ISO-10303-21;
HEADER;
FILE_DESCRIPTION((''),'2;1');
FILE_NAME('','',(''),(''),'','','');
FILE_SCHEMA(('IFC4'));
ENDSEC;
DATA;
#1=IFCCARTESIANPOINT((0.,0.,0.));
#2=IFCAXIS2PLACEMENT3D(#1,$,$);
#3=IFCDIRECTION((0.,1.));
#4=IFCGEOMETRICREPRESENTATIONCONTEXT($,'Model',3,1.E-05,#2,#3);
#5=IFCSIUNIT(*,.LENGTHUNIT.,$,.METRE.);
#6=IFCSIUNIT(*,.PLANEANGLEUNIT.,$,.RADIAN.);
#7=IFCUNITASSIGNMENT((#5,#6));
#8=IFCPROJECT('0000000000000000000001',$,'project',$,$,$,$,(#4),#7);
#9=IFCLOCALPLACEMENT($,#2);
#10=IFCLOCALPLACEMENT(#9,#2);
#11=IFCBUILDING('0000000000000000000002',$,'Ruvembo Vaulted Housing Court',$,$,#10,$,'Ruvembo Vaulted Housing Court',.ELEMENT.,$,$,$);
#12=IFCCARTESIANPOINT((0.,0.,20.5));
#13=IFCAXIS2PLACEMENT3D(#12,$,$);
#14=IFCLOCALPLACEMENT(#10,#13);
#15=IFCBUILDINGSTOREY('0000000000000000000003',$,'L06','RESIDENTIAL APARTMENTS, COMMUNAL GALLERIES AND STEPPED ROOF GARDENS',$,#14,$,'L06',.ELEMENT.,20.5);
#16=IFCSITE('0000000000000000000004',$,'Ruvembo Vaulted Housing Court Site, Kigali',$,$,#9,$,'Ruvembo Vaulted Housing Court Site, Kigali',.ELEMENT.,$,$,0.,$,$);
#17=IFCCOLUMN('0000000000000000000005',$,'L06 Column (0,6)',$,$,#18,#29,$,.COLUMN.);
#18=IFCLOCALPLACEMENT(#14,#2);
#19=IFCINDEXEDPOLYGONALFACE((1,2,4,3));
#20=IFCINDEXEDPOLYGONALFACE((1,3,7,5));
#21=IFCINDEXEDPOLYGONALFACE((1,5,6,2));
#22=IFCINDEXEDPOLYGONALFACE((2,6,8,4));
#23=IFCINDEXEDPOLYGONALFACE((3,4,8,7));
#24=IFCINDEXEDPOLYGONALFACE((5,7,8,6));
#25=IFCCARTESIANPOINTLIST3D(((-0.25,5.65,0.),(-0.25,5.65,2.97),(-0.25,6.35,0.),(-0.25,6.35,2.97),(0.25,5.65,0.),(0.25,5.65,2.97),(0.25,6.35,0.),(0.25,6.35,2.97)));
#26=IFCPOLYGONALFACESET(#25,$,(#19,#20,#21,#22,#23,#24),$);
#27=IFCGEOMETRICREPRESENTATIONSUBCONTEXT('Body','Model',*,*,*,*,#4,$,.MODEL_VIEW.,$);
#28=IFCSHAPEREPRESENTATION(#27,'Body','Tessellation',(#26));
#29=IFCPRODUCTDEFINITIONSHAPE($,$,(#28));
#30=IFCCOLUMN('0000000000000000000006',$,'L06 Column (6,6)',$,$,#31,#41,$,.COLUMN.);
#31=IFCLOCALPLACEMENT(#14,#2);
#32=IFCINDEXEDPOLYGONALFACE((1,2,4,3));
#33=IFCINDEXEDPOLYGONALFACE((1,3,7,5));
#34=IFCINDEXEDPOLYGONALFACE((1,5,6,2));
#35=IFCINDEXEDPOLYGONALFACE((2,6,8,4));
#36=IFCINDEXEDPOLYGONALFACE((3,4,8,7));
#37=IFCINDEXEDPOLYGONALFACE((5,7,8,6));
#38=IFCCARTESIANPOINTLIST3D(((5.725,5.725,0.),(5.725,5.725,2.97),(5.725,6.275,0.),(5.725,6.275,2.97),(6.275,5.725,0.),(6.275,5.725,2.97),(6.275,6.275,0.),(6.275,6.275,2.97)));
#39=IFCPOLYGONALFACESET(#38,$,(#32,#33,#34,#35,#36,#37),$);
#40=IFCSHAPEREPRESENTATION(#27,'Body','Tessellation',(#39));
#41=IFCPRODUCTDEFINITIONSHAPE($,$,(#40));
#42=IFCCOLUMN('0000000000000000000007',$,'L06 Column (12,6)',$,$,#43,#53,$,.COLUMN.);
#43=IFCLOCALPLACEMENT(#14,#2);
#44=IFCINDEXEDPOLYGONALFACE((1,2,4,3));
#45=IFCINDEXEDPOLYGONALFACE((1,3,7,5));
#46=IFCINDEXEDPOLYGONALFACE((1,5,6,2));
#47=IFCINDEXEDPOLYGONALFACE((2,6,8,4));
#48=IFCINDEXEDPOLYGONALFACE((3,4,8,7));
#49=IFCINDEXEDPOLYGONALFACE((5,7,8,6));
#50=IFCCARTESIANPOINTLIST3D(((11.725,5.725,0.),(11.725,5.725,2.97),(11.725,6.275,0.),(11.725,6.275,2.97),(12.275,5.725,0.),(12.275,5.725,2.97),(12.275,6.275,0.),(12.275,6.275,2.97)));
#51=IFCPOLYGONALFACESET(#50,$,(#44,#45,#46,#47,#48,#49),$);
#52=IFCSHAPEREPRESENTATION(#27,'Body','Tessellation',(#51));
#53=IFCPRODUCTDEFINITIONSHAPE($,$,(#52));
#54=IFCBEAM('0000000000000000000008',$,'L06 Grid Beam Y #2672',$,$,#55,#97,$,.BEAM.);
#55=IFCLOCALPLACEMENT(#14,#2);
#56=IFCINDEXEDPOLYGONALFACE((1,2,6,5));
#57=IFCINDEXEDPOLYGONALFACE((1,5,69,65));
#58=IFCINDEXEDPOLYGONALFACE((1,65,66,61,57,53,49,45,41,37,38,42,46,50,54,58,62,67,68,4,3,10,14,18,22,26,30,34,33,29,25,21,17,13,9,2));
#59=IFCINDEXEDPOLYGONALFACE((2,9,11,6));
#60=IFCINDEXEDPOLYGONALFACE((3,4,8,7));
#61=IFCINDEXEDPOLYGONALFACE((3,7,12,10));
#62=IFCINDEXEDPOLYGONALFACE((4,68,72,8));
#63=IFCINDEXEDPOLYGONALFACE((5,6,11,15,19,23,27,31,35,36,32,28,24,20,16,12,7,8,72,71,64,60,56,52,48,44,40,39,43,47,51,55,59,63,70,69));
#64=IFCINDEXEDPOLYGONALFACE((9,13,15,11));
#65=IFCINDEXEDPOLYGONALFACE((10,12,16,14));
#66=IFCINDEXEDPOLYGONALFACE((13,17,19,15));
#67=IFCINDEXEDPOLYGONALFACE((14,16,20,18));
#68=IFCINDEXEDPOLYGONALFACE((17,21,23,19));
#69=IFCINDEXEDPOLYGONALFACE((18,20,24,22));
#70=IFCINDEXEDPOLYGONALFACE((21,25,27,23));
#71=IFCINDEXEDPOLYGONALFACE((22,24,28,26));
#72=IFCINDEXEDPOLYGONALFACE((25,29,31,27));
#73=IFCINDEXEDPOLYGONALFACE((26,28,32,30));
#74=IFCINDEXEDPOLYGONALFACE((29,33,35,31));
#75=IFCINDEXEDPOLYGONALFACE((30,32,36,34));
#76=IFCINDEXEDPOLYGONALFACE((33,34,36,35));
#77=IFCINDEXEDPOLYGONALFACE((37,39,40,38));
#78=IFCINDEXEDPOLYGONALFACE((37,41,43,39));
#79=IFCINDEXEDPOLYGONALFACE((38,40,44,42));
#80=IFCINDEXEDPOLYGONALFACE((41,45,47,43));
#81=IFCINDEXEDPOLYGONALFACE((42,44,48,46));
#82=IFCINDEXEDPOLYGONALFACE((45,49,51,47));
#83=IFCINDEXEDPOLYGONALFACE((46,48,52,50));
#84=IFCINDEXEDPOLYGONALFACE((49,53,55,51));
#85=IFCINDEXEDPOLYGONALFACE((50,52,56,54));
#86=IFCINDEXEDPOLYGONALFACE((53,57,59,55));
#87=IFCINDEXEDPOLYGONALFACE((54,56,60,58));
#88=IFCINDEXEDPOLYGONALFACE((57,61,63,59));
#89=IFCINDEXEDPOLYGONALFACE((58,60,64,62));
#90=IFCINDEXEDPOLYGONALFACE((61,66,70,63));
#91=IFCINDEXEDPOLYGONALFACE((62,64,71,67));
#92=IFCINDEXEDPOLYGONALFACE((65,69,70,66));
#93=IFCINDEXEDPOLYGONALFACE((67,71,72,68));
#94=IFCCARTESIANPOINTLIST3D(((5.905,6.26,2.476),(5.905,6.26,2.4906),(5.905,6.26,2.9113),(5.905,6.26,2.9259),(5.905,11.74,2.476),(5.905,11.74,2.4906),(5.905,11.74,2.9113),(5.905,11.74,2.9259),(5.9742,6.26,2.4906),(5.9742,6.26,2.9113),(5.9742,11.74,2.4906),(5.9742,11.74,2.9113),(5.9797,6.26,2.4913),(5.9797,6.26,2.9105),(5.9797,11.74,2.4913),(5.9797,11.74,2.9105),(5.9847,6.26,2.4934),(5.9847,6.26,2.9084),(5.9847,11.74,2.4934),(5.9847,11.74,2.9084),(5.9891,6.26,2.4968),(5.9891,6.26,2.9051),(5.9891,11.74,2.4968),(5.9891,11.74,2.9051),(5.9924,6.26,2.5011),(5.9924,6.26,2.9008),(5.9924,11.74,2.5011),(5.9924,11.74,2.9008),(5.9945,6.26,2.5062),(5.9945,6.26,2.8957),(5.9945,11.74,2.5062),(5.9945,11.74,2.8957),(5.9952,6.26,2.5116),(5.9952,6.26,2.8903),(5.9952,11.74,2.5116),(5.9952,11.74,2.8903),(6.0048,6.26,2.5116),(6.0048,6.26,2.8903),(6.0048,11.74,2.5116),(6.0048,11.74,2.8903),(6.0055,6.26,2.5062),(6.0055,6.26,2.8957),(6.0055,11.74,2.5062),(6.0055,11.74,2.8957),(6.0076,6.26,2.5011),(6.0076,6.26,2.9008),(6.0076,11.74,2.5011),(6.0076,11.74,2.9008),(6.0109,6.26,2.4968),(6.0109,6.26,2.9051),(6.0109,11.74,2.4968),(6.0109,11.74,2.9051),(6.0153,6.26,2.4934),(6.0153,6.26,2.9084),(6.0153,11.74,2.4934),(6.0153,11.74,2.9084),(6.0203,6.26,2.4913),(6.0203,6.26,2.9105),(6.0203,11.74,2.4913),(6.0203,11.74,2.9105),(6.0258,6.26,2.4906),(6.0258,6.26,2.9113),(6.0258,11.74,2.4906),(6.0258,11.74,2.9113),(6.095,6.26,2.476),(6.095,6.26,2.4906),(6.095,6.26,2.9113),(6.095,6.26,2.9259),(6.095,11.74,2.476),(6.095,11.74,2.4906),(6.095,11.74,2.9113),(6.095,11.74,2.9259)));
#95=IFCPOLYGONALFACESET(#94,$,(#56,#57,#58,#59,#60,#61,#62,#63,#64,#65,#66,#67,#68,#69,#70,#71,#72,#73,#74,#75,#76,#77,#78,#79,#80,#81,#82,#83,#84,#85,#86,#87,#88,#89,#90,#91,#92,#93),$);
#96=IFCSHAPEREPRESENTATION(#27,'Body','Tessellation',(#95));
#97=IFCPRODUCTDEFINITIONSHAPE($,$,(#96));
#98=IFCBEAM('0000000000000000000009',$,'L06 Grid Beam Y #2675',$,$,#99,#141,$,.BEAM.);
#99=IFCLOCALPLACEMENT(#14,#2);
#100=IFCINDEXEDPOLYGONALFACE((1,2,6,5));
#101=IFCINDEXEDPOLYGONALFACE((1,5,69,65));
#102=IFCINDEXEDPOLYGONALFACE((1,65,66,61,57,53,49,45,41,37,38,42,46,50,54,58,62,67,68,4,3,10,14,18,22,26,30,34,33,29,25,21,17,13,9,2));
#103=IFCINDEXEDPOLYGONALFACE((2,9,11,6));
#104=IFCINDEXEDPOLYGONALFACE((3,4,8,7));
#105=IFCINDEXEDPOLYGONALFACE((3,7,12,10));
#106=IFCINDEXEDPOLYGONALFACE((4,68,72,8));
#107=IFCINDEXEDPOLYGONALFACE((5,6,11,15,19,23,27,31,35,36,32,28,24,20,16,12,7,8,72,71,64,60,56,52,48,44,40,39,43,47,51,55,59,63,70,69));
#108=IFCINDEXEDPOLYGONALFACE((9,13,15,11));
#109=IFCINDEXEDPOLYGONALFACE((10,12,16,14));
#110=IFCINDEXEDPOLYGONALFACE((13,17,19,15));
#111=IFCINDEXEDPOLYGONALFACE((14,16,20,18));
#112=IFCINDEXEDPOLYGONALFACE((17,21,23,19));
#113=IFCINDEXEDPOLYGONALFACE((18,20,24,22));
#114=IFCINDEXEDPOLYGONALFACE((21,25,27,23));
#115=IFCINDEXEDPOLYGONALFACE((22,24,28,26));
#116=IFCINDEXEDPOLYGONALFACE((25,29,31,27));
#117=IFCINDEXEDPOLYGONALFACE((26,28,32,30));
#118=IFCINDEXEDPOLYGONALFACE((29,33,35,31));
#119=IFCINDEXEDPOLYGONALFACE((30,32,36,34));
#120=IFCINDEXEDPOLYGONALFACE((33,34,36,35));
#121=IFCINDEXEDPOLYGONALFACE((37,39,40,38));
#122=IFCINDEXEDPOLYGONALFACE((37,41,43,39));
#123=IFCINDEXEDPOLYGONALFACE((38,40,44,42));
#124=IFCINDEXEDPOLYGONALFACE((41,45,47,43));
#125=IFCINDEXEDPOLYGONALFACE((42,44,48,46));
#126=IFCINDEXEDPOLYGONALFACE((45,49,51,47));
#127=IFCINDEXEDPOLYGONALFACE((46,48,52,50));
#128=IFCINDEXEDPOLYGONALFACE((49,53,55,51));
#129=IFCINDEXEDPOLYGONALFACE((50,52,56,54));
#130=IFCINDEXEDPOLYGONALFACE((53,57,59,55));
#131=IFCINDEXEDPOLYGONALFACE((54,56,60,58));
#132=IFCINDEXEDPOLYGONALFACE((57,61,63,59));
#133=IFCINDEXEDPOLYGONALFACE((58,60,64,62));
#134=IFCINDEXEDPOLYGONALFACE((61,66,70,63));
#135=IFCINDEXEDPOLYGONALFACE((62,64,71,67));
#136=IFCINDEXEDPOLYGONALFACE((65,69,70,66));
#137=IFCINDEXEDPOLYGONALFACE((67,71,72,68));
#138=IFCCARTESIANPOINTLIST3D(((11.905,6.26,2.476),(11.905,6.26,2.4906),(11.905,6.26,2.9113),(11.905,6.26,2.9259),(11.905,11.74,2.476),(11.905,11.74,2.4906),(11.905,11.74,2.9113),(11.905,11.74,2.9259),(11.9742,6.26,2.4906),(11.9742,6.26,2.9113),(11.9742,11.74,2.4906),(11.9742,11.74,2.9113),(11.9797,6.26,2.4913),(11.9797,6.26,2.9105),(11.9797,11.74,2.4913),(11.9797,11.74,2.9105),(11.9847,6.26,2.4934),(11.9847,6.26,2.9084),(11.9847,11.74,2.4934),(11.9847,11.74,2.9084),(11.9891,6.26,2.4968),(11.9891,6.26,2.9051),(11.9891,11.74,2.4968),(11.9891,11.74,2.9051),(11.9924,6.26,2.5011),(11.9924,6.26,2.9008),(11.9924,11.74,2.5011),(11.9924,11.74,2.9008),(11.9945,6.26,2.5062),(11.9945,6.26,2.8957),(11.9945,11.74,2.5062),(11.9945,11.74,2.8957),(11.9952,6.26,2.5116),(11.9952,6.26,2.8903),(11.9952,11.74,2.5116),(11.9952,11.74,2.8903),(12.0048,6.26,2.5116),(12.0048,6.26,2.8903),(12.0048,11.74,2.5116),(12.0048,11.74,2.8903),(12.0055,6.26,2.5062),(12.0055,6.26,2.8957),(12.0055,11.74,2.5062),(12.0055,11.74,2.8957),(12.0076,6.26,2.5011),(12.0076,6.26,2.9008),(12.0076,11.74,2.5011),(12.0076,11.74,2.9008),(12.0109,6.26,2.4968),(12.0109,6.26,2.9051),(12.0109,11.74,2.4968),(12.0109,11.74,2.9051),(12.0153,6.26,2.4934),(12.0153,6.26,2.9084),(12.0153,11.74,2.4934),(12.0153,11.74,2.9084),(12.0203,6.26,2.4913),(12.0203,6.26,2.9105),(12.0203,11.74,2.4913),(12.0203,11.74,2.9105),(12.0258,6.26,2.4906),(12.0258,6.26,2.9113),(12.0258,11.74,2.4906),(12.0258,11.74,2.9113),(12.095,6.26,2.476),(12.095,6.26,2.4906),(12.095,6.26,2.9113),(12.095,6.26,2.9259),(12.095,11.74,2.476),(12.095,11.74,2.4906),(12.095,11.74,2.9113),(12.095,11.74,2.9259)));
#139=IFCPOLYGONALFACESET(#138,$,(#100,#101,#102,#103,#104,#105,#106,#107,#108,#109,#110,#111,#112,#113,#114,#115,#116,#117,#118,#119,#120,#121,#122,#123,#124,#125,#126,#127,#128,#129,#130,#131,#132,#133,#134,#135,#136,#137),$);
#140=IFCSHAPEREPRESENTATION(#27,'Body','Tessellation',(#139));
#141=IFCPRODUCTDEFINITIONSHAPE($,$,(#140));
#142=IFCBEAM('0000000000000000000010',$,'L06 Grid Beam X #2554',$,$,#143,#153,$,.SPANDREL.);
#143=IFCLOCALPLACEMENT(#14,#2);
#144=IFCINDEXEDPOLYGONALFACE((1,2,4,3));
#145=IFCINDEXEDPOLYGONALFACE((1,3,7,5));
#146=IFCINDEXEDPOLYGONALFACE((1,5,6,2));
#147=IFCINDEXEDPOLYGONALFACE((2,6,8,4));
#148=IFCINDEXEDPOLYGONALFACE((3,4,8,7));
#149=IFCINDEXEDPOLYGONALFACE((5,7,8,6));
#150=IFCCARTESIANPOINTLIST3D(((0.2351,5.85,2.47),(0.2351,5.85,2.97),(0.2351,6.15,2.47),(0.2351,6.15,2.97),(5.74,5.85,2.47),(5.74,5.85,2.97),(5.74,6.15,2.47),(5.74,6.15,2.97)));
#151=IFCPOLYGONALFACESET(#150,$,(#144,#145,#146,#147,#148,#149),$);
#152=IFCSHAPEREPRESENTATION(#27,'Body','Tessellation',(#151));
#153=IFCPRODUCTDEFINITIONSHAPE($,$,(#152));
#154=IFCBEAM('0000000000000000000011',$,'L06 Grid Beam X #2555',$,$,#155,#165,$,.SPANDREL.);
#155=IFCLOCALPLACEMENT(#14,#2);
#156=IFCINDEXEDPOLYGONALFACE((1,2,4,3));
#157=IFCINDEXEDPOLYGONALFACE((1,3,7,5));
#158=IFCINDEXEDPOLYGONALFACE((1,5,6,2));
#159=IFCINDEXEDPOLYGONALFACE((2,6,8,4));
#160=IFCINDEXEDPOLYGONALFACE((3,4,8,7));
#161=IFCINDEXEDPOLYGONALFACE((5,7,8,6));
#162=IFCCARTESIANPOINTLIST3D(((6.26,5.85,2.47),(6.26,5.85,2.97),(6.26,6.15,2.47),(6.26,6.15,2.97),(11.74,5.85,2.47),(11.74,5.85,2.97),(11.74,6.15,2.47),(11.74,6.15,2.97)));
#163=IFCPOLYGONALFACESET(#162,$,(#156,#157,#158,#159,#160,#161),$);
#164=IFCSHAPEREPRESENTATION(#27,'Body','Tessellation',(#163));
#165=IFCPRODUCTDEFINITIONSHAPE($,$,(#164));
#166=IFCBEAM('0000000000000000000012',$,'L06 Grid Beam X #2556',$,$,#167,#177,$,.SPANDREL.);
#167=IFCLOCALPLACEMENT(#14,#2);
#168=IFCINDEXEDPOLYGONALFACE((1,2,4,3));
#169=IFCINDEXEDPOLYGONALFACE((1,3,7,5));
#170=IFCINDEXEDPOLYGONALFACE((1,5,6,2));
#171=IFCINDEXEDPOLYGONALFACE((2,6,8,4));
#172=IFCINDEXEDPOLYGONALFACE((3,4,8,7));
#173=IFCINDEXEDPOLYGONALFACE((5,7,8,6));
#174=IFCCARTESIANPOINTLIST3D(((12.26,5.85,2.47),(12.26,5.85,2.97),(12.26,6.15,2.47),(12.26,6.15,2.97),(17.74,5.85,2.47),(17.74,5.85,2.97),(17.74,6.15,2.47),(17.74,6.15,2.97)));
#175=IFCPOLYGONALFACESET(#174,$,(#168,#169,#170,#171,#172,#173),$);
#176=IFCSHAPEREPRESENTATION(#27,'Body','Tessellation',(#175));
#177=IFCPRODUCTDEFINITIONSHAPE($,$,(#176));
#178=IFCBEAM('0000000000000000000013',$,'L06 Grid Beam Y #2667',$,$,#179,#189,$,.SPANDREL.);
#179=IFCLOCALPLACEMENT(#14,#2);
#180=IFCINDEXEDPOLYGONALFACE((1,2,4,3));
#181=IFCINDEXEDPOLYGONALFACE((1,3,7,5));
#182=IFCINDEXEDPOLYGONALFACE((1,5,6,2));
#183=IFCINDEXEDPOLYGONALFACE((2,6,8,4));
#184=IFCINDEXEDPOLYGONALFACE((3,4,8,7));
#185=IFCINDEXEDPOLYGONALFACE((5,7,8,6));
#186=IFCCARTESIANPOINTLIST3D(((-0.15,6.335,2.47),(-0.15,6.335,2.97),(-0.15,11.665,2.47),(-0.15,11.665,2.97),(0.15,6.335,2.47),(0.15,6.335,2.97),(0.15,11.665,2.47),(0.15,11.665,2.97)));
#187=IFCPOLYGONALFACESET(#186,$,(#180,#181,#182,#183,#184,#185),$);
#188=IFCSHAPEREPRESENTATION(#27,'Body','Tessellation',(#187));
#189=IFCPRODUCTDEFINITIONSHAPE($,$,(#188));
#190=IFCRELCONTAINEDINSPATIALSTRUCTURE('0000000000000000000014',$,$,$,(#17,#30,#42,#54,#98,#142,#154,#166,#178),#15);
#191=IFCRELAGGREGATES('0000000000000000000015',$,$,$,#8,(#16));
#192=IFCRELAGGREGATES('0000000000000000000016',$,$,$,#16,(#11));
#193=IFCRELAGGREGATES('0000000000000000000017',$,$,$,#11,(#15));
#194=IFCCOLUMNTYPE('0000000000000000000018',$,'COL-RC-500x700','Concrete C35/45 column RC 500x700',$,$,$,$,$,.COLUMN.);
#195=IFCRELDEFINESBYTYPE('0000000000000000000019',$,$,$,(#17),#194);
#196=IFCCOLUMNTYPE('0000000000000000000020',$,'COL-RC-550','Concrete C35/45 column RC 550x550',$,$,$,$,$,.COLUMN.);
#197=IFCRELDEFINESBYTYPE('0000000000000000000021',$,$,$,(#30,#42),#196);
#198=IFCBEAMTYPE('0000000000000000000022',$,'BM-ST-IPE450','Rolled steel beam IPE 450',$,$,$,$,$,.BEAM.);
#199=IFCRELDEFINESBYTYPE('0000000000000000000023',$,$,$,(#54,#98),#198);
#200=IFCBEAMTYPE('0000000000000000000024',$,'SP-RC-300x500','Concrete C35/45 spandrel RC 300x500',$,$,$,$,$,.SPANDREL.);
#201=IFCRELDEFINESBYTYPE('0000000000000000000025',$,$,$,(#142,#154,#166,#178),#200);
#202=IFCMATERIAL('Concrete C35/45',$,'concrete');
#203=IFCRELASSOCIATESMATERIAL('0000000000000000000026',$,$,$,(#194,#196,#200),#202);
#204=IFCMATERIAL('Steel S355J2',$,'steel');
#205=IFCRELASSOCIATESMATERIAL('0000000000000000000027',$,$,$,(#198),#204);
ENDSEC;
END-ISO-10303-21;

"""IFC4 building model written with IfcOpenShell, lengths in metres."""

from ifc_helpers import new_model, si_unit, direction, frame, origin, origin_2d, place, context, subcontext, project, spatial, rectangle, i_section, extrude, material, material_profile, profile_set, type_object, element, save


model = new_model("IFC4")

# Units and contexts
model_context = context("Model", 3, precision=1e-05, world=origin(), true_north=direction((0.0, 1.0)))
body_context = subcontext(model_context, "Body", "Model", "MODEL_VIEW")
ifc_project = project(units=[si_unit("LENGTHUNIT", "METRE"), si_unit("PLANEANGLEUNIT", "RADIAN")], contexts=[model_context])

# Site, building, storey
site_placement = place(None, origin())
site = spatial("IfcSite", under=ifc_project, at=site_placement, Name="Ruvembo Vaulted Housing Court Site, Kigali", LongName="Ruvembo Vaulted Housing Court Site, Kigali", CompositionType="ELEMENT", RefElevation=0.0)
building_placement = place(site_placement, origin())
building = spatial("IfcBuilding", under=site, at=building_placement, Name="Ruvembo Vaulted Housing Court", LongName="Ruvembo Vaulted Housing Court", CompositionType="ELEMENT")
storey_placement = place(building_placement, frame((0.0, 0.0, 20.5)))
storey = spatial("IfcBuildingStorey", under=building, at=storey_placement, Name="L06", Description="RESIDENTIAL APARTMENTS, COMMUNAL GALLERIES AND STEPPED ROOF GARDENS", LongName="L06", CompositionType="ELEMENT", Elevation=20.5)

# Columns
ifc_material_1 = material(Name="Concrete C35/45", Category="concrete")
ifc_material_profile_1 = material_profile(ifc_material_1, rectangle(XDim=0.5, YDim=0.7, at=origin_2d()), Name="RC 500x700")
ifc_profile_set_1 = profile_set([ifc_material_profile_1], Name="Concrete C35/45")
column_type_1 = type_object("IfcColumnType", Name="COL-RC-500x700", Description="Concrete C35/45 column RC 500x700", PredefinedType="COLUMN", material=ifc_profile_set_1)
column_placement = place(storey_placement, frame((0.0, 6.0, 0.0), z_axis=(0.0, 0.0, 1.0), x_axis=(1.0, 0.0, 0.0)))
element("IfcColumn", 1, at=column_placement, inside=storey, type_object=column_type_1, Name="L06 Column (0,6)", PredefinedType="COLUMN", context=body_context, shape_type="SweptSolid", body=[
    extrude(rectangle(XDim=0.5, YDim=0.7, at=origin_2d()), origin(), (0.0, 0.0, 1.0), 2.97),
])
ifc_material_profile_2 = material_profile(ifc_material_1, rectangle(XDim=0.55, YDim=0.55, at=origin_2d()), Name="RC 550x550")
ifc_profile_set_2 = profile_set([ifc_material_profile_2], Name="Concrete C35/45")
column_type_2 = type_object("IfcColumnType", Name="COL-RC-550", Description="Concrete C35/45 column RC 550x550", PredefinedType="COLUMN", material=ifc_profile_set_2)
for number, where, z_axis, x_axis, name in (
    (2, (6.0, 6.0, 0.0), (0.0, 0.0, 1.0), (1.0, 0.0, 0.0), "L06 Column (6,6)"),
    (3, (12.0, 6.0, 0.0), (0.0, 0.0, 1.0), (1.0, 0.0, 0.0), "L06 Column (12,6)"),
):
    element("IfcColumn", number, at=place(storey_placement, frame(where, z_axis=z_axis, x_axis=x_axis)), inside=storey, type_object=column_type_2, Name=name, PredefinedType="COLUMN", context=body_context, shape_type="SweptSolid", body=[
        extrude(rectangle(XDim=0.55, YDim=0.55, at=origin_2d()), origin(), (0.0, 0.0, 1.0), 2.97),
    ])

# Beams
ifc_material_2 = material(Name="Steel S355J2", Category="steel")
ifc_material_profile_3 = material_profile(ifc_material_2, i_section(OverallWidth=0.1899, OverallDepth=0.45, WebThickness=0.0095, FlangeThickness=0.0146, FilletRadius=0.021, at=origin_2d()), Name="IPE 450")
ifc_profile_set_3 = profile_set([ifc_material_profile_3], Name="Steel S355J2")
beam_type_1 = type_object("IfcBeamType", Name="BM-ST-IPE450", Description="Rolled steel beam IPE 450", PredefinedType="BEAM", material=ifc_profile_set_3)
for number, where, z_axis, x_axis, name in (
    (4, (6.0, 6.26, 2.7009), (0.0, 1.0, 0.0), (-1.0, 0.0, 0.0), "L06 Grid Beam Y #2672"),
    (5, (12.0, 6.26, 2.7009), (0.0, 1.0, 0.0), (-1.0, 0.0, 0.0), "L06 Grid Beam Y #2675"),
):
    element("IfcBeam", number, at=place(storey_placement, frame(where, z_axis=z_axis, x_axis=x_axis)), inside=storey, type_object=beam_type_1, Name=name, PredefinedType="BEAM", context=body_context, shape_type="SweptSolid", body=[
        extrude(i_section(OverallWidth=0.1899, OverallDepth=0.45, WebThickness=0.0095, FlangeThickness=0.0146, FilletRadius=0.021, at=origin_2d()), origin(), (0.0, 0.0, 1.0), 5.48),
    ])
ifc_material_profile_4 = material_profile(ifc_material_1, rectangle(XDim=0.3, YDim=0.5, at=origin_2d()), Name="RC 300x500")
ifc_profile_set_4 = profile_set([ifc_material_profile_4], Name="Concrete C35/45")
beam_type_2 = type_object("IfcBeamType", Name="SP-RC-300x500", Description="Concrete C35/45 spandrel RC 300x500", PredefinedType="SPANDREL", material=ifc_profile_set_4)
beam_1_placement = place(storey_placement, frame((0.2351, 6.0, 2.72), z_axis=(1.0, 0.0, 0.0), x_axis=(0.0, 1.0, 0.0)))
element("IfcBeam", 6, at=beam_1_placement, inside=storey, type_object=beam_type_2, Name="L06 Grid Beam X #2554", PredefinedType="SPANDREL", context=body_context, shape_type="SweptSolid", body=[
    extrude(rectangle(XDim=0.3, YDim=0.5, at=origin_2d()), origin(), (0.0, 0.0, 1.0), 5.5049),
])
for number, where, z_axis, x_axis, name in (
    (7, (6.26, 6.0, 2.72), (1.0, 0.0, 0.0), (0.0, 1.0, 0.0), "L06 Grid Beam X #2555"),
    (8, (12.26, 6.0, 2.72), (1.0, 0.0, 0.0), (0.0, 1.0, 0.0), "L06 Grid Beam X #2556"),
):
    element("IfcBeam", number, at=place(storey_placement, frame(where, z_axis=z_axis, x_axis=x_axis)), inside=storey, type_object=beam_type_2, Name=name, PredefinedType="SPANDREL", context=body_context, shape_type="SweptSolid", body=[
        extrude(rectangle(XDim=0.3, YDim=0.5, at=origin_2d()), origin(), (0.0, 0.0, 1.0), 5.48),
    ])
beam_2_placement = place(storey_placement, frame((0.0, 6.335, 2.72), z_axis=(0.0, 1.0, 0.0), x_axis=(-1.0, 0.0, 0.0)))
element("IfcBeam", 9, at=beam_2_placement, inside=storey, type_object=beam_type_2, Name="L06 Grid Beam Y #2667", PredefinedType="SPANDREL", context=body_context, shape_type="SweptSolid", body=[
    extrude(rectangle(XDim=0.3, YDim=0.5, at=origin_2d()), origin(), (0.0, 0.0, 1.0), 5.3301),
])

save(model, "model.ifc")
